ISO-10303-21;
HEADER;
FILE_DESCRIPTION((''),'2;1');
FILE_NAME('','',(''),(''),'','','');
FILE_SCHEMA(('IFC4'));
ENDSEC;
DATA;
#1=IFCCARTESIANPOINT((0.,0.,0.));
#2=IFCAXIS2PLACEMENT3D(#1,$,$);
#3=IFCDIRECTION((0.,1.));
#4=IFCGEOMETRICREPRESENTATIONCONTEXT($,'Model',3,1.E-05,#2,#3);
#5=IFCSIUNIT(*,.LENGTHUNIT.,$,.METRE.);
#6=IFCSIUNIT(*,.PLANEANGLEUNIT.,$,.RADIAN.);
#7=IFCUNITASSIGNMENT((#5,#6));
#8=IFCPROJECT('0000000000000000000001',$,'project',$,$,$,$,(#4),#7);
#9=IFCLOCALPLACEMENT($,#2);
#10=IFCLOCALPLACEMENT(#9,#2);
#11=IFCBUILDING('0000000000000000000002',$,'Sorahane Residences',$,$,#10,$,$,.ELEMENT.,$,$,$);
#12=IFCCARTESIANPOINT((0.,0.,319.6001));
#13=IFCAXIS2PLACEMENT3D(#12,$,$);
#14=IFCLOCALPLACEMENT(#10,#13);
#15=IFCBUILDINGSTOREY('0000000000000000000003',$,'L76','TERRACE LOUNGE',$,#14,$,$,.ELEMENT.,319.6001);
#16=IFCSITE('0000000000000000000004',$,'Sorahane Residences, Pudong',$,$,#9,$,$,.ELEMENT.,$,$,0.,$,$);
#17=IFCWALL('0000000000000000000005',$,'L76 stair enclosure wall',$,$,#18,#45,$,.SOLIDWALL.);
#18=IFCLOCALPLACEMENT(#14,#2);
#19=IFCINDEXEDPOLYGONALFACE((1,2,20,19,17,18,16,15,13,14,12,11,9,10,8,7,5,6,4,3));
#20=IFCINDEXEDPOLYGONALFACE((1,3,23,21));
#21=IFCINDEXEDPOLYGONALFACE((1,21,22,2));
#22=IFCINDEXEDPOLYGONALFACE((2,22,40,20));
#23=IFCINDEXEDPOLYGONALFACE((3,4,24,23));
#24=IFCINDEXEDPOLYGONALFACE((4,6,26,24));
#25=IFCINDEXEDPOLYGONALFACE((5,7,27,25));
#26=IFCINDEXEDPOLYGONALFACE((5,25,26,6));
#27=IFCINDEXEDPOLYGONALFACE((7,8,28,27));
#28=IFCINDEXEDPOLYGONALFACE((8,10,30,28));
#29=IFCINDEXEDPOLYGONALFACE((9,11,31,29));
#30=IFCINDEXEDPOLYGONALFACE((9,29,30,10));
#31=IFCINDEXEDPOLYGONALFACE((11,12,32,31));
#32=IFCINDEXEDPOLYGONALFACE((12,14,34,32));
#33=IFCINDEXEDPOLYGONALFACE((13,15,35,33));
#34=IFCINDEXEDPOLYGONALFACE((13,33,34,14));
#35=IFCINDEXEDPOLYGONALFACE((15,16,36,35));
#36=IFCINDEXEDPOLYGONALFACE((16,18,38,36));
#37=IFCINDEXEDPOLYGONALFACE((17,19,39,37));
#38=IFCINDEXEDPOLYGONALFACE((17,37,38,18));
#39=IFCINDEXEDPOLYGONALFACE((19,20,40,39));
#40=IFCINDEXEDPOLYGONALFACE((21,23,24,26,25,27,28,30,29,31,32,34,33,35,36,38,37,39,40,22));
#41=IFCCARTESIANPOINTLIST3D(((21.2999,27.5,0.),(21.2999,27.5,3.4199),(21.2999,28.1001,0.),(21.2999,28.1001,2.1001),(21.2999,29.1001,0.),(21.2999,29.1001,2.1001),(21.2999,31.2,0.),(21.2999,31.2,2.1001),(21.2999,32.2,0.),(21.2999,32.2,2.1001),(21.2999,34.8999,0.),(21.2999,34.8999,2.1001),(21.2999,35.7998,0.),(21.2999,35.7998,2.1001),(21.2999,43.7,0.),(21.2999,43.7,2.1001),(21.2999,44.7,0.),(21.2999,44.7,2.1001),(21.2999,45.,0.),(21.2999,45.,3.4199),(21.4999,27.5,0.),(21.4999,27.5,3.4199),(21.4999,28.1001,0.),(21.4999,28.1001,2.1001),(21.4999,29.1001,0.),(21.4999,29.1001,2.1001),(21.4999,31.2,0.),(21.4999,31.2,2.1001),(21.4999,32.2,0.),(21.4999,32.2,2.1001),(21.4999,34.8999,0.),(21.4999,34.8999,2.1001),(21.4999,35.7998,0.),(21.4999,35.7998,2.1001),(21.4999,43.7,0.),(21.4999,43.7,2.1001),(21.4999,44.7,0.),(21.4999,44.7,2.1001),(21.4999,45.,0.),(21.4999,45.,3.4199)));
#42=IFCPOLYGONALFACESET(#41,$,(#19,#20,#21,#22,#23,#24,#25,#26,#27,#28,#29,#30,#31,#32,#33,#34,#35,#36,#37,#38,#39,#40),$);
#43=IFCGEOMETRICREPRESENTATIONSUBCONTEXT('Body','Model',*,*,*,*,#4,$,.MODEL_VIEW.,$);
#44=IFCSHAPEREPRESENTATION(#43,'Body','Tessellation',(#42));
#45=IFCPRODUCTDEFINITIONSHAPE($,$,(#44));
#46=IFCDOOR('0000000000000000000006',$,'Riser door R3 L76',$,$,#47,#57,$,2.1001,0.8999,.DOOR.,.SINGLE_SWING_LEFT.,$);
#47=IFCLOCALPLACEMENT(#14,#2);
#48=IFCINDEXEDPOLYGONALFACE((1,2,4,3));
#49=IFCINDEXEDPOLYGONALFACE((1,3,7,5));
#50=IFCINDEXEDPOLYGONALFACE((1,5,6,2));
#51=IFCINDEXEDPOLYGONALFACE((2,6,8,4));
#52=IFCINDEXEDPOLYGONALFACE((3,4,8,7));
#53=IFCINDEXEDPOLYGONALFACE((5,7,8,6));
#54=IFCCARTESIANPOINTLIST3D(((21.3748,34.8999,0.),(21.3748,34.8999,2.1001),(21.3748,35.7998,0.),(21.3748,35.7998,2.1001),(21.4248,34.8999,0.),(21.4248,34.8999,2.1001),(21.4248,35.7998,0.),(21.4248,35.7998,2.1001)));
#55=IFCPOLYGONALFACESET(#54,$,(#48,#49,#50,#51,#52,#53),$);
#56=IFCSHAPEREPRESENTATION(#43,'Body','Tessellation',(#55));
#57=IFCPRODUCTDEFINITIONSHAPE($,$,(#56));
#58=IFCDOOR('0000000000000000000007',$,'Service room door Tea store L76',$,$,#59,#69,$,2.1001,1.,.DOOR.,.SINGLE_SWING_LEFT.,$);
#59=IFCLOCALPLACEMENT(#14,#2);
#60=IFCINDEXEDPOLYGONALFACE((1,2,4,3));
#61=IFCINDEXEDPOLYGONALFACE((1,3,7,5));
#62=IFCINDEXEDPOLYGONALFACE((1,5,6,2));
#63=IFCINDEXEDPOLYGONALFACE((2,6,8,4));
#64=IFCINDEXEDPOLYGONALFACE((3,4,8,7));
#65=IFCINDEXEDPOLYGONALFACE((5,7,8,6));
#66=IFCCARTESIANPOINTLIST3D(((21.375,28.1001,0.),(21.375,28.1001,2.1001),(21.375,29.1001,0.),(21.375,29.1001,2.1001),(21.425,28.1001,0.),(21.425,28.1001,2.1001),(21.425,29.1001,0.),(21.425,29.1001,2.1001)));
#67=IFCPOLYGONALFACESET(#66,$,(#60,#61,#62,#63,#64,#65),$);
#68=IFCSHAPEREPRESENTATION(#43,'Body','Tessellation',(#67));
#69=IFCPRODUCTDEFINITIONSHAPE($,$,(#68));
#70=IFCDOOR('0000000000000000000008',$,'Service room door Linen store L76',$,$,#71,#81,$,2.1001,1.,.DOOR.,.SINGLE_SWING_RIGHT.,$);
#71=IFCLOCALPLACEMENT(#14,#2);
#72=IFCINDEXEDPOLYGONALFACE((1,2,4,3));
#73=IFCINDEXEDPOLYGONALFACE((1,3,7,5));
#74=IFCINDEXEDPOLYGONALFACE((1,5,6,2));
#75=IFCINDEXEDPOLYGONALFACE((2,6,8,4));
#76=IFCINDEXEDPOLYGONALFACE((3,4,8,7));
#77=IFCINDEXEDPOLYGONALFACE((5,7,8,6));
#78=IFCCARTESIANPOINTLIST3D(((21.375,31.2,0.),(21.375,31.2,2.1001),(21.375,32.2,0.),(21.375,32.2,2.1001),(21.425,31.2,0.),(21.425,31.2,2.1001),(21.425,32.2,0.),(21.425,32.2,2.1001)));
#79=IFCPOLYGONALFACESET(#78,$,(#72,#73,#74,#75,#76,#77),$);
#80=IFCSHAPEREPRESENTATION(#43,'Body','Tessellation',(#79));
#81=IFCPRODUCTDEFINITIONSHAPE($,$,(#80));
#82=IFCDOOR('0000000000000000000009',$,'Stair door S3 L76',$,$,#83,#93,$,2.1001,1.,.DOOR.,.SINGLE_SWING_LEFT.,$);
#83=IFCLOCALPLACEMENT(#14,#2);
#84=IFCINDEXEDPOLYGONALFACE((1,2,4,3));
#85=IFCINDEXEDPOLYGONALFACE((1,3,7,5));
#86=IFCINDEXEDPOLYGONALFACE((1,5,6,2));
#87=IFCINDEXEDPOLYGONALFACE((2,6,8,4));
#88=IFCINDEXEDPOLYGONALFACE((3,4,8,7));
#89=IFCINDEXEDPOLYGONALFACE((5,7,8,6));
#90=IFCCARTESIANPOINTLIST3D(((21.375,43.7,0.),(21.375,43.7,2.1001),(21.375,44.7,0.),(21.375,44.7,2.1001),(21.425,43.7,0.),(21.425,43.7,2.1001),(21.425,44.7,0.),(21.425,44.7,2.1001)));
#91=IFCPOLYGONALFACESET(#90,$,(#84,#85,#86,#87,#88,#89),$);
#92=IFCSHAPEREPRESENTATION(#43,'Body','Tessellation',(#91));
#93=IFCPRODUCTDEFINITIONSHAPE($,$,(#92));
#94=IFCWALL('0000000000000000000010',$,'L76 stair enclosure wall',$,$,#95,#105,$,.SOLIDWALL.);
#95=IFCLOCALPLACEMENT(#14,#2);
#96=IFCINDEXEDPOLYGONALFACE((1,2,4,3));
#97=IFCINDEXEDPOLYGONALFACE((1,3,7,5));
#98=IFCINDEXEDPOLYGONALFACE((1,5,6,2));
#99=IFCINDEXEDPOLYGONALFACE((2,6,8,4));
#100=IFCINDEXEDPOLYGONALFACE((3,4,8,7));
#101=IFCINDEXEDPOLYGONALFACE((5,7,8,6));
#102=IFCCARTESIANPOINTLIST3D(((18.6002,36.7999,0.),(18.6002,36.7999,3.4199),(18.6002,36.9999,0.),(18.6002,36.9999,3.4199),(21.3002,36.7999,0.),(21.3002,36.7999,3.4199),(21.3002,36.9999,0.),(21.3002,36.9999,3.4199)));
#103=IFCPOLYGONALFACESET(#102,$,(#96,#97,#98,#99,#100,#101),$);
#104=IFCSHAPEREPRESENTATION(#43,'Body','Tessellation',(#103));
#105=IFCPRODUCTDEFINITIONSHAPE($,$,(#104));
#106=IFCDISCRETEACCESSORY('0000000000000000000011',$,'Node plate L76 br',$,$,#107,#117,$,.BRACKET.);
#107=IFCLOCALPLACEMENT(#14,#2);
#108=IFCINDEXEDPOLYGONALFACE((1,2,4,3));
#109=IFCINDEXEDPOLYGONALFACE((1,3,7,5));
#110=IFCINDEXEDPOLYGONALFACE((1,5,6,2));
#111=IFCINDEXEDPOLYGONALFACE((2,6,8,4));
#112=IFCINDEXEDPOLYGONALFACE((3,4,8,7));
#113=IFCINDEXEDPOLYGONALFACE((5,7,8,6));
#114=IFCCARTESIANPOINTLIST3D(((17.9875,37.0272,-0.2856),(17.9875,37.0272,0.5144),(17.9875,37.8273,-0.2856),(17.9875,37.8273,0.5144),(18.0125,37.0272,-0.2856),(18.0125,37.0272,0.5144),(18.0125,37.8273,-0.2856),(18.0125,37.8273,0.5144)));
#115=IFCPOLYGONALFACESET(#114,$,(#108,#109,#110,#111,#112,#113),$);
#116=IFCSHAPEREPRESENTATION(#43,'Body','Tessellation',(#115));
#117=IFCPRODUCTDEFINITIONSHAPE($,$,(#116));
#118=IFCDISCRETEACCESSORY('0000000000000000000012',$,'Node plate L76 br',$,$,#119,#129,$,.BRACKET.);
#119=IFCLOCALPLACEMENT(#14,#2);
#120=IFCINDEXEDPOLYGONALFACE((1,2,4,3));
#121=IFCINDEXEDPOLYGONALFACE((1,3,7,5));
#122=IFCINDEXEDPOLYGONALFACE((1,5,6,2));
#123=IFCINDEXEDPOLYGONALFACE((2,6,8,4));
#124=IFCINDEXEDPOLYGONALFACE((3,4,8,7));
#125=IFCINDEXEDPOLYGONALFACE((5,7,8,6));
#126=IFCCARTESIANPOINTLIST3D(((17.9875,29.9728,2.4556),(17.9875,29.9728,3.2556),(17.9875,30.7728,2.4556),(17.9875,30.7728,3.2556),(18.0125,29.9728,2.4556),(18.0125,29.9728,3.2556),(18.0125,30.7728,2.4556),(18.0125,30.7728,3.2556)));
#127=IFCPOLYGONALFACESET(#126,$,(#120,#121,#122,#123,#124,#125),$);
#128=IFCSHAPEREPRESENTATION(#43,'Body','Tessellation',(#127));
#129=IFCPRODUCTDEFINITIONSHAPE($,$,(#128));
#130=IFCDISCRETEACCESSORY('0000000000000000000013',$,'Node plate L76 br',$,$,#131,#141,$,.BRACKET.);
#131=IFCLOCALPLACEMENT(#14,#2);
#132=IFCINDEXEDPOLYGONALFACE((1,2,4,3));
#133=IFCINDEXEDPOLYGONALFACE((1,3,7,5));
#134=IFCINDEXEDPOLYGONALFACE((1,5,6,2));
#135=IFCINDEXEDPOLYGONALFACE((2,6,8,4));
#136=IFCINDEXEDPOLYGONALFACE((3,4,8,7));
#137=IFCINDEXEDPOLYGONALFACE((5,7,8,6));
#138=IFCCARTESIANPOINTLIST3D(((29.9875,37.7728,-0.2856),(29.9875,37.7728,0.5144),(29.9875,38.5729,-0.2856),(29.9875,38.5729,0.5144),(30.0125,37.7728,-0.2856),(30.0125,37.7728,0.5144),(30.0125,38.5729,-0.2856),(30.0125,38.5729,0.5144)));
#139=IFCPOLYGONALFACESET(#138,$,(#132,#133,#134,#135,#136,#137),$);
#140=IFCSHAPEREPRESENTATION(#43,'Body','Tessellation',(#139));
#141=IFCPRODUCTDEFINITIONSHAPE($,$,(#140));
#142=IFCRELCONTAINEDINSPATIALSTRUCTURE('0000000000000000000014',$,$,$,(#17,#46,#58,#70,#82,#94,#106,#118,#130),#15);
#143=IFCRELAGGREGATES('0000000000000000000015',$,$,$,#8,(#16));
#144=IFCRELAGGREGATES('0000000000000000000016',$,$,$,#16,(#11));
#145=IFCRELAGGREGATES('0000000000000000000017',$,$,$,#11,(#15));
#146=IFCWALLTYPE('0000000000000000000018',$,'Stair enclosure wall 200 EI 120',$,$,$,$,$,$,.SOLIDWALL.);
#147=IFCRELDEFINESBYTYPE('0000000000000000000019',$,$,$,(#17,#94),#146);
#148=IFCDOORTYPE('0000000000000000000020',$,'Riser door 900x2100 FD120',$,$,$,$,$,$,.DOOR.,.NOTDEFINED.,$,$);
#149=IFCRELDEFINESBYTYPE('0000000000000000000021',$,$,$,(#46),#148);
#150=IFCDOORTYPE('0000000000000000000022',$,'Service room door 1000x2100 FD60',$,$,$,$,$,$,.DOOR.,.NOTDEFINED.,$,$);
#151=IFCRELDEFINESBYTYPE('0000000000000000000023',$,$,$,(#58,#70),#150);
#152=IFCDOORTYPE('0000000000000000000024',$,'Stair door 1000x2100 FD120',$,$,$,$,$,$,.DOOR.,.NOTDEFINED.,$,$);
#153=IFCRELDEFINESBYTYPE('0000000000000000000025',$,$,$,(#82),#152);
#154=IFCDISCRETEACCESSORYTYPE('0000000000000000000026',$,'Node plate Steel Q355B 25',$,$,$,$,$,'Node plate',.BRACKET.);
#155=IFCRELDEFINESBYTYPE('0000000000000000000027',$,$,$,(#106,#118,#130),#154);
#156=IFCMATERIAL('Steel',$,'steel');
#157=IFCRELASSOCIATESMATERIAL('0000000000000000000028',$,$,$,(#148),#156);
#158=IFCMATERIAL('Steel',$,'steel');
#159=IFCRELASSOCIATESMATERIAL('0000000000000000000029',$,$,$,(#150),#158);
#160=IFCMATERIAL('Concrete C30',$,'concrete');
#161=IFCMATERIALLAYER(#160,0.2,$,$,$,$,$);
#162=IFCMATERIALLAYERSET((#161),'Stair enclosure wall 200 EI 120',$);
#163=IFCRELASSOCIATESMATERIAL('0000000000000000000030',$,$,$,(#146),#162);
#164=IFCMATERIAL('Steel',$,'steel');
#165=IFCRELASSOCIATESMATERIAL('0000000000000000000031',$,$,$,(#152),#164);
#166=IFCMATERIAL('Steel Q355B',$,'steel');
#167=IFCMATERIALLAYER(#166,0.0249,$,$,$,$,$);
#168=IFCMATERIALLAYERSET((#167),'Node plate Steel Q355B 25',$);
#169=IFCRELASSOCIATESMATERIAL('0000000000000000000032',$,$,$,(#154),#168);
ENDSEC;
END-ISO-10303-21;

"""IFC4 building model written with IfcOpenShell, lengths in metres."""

from ifc_helpers import new_model, si_unit, direction, frame, frame_2d, origin, origin_2d, place, context, subcontext, project, spatial, rectangle, extrude, material, layer, layer_set, type_object, element, fill, save


model = new_model("IFC4")

# Units and contexts
model_context = context("Model", 3, precision=1e-05, world=origin(), true_north=direction((0.0, 1.0)))
body_context = subcontext(model_context, "Body", "Model", "MODEL_VIEW")
ifc_project = project(units=[si_unit("LENGTHUNIT", "METRE"), si_unit("PLANEANGLEUNIT", "RADIAN")], contexts=[model_context])

# Site, building, storey
site_placement = place(None, origin())
site = spatial("IfcSite", under=ifc_project, at=site_placement, Name="Sorahane Residences, Pudong", CompositionType="ELEMENT", RefElevation=0.0)
building_placement = place(site_placement, origin())
building = spatial("IfcBuilding", under=site, at=building_placement, Name="Sorahane Residences", CompositionType="ELEMENT")
storey_placement = place(building_placement, frame((0.0, 0.0, 319.6001)))
storey = spatial("IfcBuildingStorey", under=building, at=storey_placement, Name="L76", Description="TERRACE LOUNGE", CompositionType="ELEMENT", Elevation=319.6001)

# Shared definitions
ifc_material_1 = material(Name="Steel", Category="steel")
door_type_1 = type_object("IfcDoorType", Name="Riser door 900x2100 FD120", OperationType="NOTDEFINED", PredefinedType="DOOR", material=ifc_material_1)
ifc_material_2 = material(Name="Steel", Category="steel")
door_type_2 = type_object("IfcDoorType", Name="Service room door 1000x2100 FD60", OperationType="NOTDEFINED", PredefinedType="DOOR", material=ifc_material_2)

# Wall, openings, doors
ifc_material_3 = material(Name="Concrete C30", Category="concrete")
ifc_layer_1 = layer(ifc_material_3, 0.2)
ifc_layer_set_1 = layer_set([ifc_layer_1], Name="Stair enclosure wall 200 EI 120")
wall_type_1 = type_object("IfcWallType", Name="Stair enclosure wall 200 EI 120", PredefinedType="SOLIDWALL", material=ifc_layer_set_1)
wall_1_placement = place(storey_placement, frame((21.3999, 27.5, 0.0), z_axis=(0.0, 0.0, 1.0), x_axis=(0.0, 1.0, 0.0)))
wall_1 = element("IfcWall", 1, at=wall_1_placement, inside=storey, type_object=wall_type_1, Name="L76 stair enclosure wall", PredefinedType="SOLIDWALL", context=body_context, shape_type="SweptSolid", body=[
    extrude(rectangle(XDim=17.5, YDim=0.2, at=frame_2d((8.75, 0.0))), origin(), (0.0, 0.0, 1.0), 3.4199),
])
opening_1_placement = place(wall_1_placement, frame((0.6001, 0.0, 0.0)))
opening_1 = element("IfcOpeningElement", 2, at=opening_1_placement, cuts=wall_1, PredefinedType="OPENING", context=body_context, shape_type="SweptSolid", body=[
    extrude(rectangle(XDim=1.0, YDim=2.1001, at=frame_2d((0.5, 1.05))), frame((0.0, 0.1099, 0.0), z_axis=(0.0, -1.0, 0.0), x_axis=(1.0, 0.0, 0.0)), (0.0, 0.0, 1.0), 0.22),
])
opening_2_placement = place(wall_1_placement, frame((3.7, 0.0, 0.0)))
opening_2 = element("IfcOpeningElement", 3, at=opening_2_placement, cuts=wall_1, PredefinedType="OPENING", context=body_context, shape_type="SweptSolid", body=[
    extrude(rectangle(XDim=1.0, YDim=2.1001, at=frame_2d((0.5, 1.05))), frame((0.0, 0.1099, 0.0), z_axis=(0.0, -1.0, 0.0), x_axis=(1.0, 0.0, 0.0)), (0.0, 0.0, 1.0), 0.22),
])
opening_3_placement = place(wall_1_placement, frame((16.2, 0.0, 0.0)))
opening_3 = element("IfcOpeningElement", 4, at=opening_3_placement, cuts=wall_1, PredefinedType="OPENING", context=body_context, shape_type="SweptSolid", body=[
    extrude(rectangle(XDim=1.0, YDim=2.1001, at=frame_2d((0.5, 1.05))), frame((0.0, 0.1099, 0.0), z_axis=(0.0, -1.0, 0.0), x_axis=(1.0, 0.0, 0.0)), (0.0, 0.0, 1.0), 0.22),
])
opening_4_placement = place(wall_1_placement, frame((7.3999, 0.0, 0.0)))
opening_4 = element("IfcOpeningElement", 5, at=opening_4_placement, cuts=wall_1, PredefinedType="OPENING", context=body_context, shape_type="SweptSolid", body=[
    extrude(rectangle(XDim=0.8999, YDim=2.1001, at=frame_2d((0.45, 1.05))), frame((0.0, 0.1099, 0.0), z_axis=(0.0, -1.0, 0.0), x_axis=(1.0, 0.0, 0.0)), (0.0, 0.0, 1.0), 0.22),
])
door_1_placement = place(opening_4_placement, frame((0.8999, 0.0, 0.0), z_axis=(0.0, 0.0, 1.0), x_axis=(-1.0, 0.0, 0.0)))
door_1 = element("IfcDoor", 6, at=door_1_placement, inside=storey, type_object=door_type_1, Name="Riser door R3 L76", OperationType="SINGLE_SWING_LEFT", OverallHeight=2.1001, OverallWidth=0.8999, PredefinedType="DOOR", context=body_context, shape_type="SweptSolid", body=[
    extrude(rectangle(XDim=0.8999, YDim=2.1001, at=frame_2d((0.45, 1.05))), frame((0.0, 0.0249, 0.0), z_axis=(0.0, -1.0, 0.0), x_axis=(1.0, 0.0, 0.0)), (0.0, 0.0, 1.0), 0.05),
])
fill(opening_4, door_1)
door_2_placement = place(opening_1_placement, origin())
door_2 = element("IfcDoor", 7, at=door_2_placement, inside=storey, type_object=door_type_2, Name="Service room door Tea store L76", OperationType="SINGLE_SWING_LEFT", OverallHeight=2.1001, OverallWidth=1.0, PredefinedType="DOOR", context=body_context, shape_type="SweptSolid", body=[
    extrude(rectangle(XDim=1.0, YDim=2.1001, at=frame_2d((0.5, 1.05))), frame((0.0, 0.0249, 0.0), z_axis=(0.0, -1.0, 0.0), x_axis=(1.0, 0.0, 0.0)), (0.0, 0.0, 1.0), 0.05),
])
fill(opening_1, door_2)
door_3_placement = place(opening_2_placement, origin())
door_3 = element("IfcDoor", 8, at=door_3_placement, inside=storey, type_object=door_type_2, Name="Service room door Linen store L76", OperationType="SINGLE_SWING_RIGHT", OverallHeight=2.1001, OverallWidth=1.0, PredefinedType="DOOR", context=body_context, shape_type="SweptSolid", body=[
    extrude(rectangle(XDim=1.0, YDim=2.1001, at=frame_2d((0.5, 1.05))), frame((0.0, 0.0249, 0.0), z_axis=(0.0, -1.0, 0.0), x_axis=(1.0, 0.0, 0.0)), (0.0, 0.0, 1.0), 0.05),
])
fill(opening_2, door_3)
ifc_material_4 = material(Name="Steel", Category="steel")
door_type_3 = type_object("IfcDoorType", Name="Stair door 1000x2100 FD120", OperationType="NOTDEFINED", PredefinedType="DOOR", material=ifc_material_4)
door_4_placement = place(opening_3_placement, origin())
door_4 = element("IfcDoor", 9, at=door_4_placement, inside=storey, type_object=door_type_3, Name="Stair door S3 L76", OperationType="SINGLE_SWING_LEFT", OverallHeight=2.1001, OverallWidth=1.0, PredefinedType="DOOR", context=body_context, shape_type="SweptSolid", body=[
    extrude(rectangle(XDim=1.0, YDim=2.1001, at=frame_2d((0.5, 1.05))), frame((0.0, 0.0249, 0.0), z_axis=(0.0, -1.0, 0.0), x_axis=(1.0, 0.0, 0.0)), (0.0, 0.0, 1.0), 0.05),
])
fill(opening_3, door_4)

# Wall
wall_2_placement = place(storey_placement, frame((18.6001, 36.8999, 0.0), z_axis=(0.0, 0.0, 1.0), x_axis=(1.0, 0.0, 0.0)))
element("IfcWall", 10, at=wall_2_placement, inside=storey, type_object=wall_type_1, Name="L76 stair enclosure wall", PredefinedType="SOLIDWALL", context=body_context, shape_type="SweptSolid", body=[
    extrude(rectangle(XDim=2.7, YDim=0.2, at=frame_2d((1.3501, 0.0))), origin(), (0.0, 0.0, 1.0), 3.4199),
])

# Discrete accessories
ifc_material_5 = material(Name="Steel Q355B", Category="steel")
ifc_layer_2 = layer(ifc_material_5, 0.0249)
ifc_layer_set_2 = layer_set([ifc_layer_2], Name="Node plate Steel Q355B 25")
discrete_accessory_type = type_object("IfcDiscreteAccessoryType", Name="Node plate Steel Q355B 25", ElementType="Node plate", PredefinedType="BRACKET", material=ifc_layer_set_2)
for number, where, z_axis, x_axis, name in (
    (11, (18.0, 37.4272, -0.2856), (0.0, 0.0, 1.0), (0.0, 1.0, 0.0), "Node plate L76 br"),
    (12, (18.0, 30.3728, 2.4556), (0.0, 0.0, 1.0), (0.0, 1.0, 0.0), "Node plate L76 br"),
    (13, (30.0, 38.1729, -0.2856), (0.0, 0.0, 1.0), (0.0, 1.0, 0.0), "Node plate L76 br"),
):
    element("IfcDiscreteAccessory", number, at=place(storey_placement, frame(where, z_axis=z_axis, x_axis=x_axis)), inside=storey, type_object=discrete_accessory_type, Name=name, PredefinedType="BRACKET", context=body_context, shape_type="SweptSolid", body=[
        extrude(rectangle(XDim=0.8, YDim=0.0249, at=origin_2d()), origin(), (0.0, 0.0, 1.0), 0.8),
    ])

save(model, "model.ifc")
